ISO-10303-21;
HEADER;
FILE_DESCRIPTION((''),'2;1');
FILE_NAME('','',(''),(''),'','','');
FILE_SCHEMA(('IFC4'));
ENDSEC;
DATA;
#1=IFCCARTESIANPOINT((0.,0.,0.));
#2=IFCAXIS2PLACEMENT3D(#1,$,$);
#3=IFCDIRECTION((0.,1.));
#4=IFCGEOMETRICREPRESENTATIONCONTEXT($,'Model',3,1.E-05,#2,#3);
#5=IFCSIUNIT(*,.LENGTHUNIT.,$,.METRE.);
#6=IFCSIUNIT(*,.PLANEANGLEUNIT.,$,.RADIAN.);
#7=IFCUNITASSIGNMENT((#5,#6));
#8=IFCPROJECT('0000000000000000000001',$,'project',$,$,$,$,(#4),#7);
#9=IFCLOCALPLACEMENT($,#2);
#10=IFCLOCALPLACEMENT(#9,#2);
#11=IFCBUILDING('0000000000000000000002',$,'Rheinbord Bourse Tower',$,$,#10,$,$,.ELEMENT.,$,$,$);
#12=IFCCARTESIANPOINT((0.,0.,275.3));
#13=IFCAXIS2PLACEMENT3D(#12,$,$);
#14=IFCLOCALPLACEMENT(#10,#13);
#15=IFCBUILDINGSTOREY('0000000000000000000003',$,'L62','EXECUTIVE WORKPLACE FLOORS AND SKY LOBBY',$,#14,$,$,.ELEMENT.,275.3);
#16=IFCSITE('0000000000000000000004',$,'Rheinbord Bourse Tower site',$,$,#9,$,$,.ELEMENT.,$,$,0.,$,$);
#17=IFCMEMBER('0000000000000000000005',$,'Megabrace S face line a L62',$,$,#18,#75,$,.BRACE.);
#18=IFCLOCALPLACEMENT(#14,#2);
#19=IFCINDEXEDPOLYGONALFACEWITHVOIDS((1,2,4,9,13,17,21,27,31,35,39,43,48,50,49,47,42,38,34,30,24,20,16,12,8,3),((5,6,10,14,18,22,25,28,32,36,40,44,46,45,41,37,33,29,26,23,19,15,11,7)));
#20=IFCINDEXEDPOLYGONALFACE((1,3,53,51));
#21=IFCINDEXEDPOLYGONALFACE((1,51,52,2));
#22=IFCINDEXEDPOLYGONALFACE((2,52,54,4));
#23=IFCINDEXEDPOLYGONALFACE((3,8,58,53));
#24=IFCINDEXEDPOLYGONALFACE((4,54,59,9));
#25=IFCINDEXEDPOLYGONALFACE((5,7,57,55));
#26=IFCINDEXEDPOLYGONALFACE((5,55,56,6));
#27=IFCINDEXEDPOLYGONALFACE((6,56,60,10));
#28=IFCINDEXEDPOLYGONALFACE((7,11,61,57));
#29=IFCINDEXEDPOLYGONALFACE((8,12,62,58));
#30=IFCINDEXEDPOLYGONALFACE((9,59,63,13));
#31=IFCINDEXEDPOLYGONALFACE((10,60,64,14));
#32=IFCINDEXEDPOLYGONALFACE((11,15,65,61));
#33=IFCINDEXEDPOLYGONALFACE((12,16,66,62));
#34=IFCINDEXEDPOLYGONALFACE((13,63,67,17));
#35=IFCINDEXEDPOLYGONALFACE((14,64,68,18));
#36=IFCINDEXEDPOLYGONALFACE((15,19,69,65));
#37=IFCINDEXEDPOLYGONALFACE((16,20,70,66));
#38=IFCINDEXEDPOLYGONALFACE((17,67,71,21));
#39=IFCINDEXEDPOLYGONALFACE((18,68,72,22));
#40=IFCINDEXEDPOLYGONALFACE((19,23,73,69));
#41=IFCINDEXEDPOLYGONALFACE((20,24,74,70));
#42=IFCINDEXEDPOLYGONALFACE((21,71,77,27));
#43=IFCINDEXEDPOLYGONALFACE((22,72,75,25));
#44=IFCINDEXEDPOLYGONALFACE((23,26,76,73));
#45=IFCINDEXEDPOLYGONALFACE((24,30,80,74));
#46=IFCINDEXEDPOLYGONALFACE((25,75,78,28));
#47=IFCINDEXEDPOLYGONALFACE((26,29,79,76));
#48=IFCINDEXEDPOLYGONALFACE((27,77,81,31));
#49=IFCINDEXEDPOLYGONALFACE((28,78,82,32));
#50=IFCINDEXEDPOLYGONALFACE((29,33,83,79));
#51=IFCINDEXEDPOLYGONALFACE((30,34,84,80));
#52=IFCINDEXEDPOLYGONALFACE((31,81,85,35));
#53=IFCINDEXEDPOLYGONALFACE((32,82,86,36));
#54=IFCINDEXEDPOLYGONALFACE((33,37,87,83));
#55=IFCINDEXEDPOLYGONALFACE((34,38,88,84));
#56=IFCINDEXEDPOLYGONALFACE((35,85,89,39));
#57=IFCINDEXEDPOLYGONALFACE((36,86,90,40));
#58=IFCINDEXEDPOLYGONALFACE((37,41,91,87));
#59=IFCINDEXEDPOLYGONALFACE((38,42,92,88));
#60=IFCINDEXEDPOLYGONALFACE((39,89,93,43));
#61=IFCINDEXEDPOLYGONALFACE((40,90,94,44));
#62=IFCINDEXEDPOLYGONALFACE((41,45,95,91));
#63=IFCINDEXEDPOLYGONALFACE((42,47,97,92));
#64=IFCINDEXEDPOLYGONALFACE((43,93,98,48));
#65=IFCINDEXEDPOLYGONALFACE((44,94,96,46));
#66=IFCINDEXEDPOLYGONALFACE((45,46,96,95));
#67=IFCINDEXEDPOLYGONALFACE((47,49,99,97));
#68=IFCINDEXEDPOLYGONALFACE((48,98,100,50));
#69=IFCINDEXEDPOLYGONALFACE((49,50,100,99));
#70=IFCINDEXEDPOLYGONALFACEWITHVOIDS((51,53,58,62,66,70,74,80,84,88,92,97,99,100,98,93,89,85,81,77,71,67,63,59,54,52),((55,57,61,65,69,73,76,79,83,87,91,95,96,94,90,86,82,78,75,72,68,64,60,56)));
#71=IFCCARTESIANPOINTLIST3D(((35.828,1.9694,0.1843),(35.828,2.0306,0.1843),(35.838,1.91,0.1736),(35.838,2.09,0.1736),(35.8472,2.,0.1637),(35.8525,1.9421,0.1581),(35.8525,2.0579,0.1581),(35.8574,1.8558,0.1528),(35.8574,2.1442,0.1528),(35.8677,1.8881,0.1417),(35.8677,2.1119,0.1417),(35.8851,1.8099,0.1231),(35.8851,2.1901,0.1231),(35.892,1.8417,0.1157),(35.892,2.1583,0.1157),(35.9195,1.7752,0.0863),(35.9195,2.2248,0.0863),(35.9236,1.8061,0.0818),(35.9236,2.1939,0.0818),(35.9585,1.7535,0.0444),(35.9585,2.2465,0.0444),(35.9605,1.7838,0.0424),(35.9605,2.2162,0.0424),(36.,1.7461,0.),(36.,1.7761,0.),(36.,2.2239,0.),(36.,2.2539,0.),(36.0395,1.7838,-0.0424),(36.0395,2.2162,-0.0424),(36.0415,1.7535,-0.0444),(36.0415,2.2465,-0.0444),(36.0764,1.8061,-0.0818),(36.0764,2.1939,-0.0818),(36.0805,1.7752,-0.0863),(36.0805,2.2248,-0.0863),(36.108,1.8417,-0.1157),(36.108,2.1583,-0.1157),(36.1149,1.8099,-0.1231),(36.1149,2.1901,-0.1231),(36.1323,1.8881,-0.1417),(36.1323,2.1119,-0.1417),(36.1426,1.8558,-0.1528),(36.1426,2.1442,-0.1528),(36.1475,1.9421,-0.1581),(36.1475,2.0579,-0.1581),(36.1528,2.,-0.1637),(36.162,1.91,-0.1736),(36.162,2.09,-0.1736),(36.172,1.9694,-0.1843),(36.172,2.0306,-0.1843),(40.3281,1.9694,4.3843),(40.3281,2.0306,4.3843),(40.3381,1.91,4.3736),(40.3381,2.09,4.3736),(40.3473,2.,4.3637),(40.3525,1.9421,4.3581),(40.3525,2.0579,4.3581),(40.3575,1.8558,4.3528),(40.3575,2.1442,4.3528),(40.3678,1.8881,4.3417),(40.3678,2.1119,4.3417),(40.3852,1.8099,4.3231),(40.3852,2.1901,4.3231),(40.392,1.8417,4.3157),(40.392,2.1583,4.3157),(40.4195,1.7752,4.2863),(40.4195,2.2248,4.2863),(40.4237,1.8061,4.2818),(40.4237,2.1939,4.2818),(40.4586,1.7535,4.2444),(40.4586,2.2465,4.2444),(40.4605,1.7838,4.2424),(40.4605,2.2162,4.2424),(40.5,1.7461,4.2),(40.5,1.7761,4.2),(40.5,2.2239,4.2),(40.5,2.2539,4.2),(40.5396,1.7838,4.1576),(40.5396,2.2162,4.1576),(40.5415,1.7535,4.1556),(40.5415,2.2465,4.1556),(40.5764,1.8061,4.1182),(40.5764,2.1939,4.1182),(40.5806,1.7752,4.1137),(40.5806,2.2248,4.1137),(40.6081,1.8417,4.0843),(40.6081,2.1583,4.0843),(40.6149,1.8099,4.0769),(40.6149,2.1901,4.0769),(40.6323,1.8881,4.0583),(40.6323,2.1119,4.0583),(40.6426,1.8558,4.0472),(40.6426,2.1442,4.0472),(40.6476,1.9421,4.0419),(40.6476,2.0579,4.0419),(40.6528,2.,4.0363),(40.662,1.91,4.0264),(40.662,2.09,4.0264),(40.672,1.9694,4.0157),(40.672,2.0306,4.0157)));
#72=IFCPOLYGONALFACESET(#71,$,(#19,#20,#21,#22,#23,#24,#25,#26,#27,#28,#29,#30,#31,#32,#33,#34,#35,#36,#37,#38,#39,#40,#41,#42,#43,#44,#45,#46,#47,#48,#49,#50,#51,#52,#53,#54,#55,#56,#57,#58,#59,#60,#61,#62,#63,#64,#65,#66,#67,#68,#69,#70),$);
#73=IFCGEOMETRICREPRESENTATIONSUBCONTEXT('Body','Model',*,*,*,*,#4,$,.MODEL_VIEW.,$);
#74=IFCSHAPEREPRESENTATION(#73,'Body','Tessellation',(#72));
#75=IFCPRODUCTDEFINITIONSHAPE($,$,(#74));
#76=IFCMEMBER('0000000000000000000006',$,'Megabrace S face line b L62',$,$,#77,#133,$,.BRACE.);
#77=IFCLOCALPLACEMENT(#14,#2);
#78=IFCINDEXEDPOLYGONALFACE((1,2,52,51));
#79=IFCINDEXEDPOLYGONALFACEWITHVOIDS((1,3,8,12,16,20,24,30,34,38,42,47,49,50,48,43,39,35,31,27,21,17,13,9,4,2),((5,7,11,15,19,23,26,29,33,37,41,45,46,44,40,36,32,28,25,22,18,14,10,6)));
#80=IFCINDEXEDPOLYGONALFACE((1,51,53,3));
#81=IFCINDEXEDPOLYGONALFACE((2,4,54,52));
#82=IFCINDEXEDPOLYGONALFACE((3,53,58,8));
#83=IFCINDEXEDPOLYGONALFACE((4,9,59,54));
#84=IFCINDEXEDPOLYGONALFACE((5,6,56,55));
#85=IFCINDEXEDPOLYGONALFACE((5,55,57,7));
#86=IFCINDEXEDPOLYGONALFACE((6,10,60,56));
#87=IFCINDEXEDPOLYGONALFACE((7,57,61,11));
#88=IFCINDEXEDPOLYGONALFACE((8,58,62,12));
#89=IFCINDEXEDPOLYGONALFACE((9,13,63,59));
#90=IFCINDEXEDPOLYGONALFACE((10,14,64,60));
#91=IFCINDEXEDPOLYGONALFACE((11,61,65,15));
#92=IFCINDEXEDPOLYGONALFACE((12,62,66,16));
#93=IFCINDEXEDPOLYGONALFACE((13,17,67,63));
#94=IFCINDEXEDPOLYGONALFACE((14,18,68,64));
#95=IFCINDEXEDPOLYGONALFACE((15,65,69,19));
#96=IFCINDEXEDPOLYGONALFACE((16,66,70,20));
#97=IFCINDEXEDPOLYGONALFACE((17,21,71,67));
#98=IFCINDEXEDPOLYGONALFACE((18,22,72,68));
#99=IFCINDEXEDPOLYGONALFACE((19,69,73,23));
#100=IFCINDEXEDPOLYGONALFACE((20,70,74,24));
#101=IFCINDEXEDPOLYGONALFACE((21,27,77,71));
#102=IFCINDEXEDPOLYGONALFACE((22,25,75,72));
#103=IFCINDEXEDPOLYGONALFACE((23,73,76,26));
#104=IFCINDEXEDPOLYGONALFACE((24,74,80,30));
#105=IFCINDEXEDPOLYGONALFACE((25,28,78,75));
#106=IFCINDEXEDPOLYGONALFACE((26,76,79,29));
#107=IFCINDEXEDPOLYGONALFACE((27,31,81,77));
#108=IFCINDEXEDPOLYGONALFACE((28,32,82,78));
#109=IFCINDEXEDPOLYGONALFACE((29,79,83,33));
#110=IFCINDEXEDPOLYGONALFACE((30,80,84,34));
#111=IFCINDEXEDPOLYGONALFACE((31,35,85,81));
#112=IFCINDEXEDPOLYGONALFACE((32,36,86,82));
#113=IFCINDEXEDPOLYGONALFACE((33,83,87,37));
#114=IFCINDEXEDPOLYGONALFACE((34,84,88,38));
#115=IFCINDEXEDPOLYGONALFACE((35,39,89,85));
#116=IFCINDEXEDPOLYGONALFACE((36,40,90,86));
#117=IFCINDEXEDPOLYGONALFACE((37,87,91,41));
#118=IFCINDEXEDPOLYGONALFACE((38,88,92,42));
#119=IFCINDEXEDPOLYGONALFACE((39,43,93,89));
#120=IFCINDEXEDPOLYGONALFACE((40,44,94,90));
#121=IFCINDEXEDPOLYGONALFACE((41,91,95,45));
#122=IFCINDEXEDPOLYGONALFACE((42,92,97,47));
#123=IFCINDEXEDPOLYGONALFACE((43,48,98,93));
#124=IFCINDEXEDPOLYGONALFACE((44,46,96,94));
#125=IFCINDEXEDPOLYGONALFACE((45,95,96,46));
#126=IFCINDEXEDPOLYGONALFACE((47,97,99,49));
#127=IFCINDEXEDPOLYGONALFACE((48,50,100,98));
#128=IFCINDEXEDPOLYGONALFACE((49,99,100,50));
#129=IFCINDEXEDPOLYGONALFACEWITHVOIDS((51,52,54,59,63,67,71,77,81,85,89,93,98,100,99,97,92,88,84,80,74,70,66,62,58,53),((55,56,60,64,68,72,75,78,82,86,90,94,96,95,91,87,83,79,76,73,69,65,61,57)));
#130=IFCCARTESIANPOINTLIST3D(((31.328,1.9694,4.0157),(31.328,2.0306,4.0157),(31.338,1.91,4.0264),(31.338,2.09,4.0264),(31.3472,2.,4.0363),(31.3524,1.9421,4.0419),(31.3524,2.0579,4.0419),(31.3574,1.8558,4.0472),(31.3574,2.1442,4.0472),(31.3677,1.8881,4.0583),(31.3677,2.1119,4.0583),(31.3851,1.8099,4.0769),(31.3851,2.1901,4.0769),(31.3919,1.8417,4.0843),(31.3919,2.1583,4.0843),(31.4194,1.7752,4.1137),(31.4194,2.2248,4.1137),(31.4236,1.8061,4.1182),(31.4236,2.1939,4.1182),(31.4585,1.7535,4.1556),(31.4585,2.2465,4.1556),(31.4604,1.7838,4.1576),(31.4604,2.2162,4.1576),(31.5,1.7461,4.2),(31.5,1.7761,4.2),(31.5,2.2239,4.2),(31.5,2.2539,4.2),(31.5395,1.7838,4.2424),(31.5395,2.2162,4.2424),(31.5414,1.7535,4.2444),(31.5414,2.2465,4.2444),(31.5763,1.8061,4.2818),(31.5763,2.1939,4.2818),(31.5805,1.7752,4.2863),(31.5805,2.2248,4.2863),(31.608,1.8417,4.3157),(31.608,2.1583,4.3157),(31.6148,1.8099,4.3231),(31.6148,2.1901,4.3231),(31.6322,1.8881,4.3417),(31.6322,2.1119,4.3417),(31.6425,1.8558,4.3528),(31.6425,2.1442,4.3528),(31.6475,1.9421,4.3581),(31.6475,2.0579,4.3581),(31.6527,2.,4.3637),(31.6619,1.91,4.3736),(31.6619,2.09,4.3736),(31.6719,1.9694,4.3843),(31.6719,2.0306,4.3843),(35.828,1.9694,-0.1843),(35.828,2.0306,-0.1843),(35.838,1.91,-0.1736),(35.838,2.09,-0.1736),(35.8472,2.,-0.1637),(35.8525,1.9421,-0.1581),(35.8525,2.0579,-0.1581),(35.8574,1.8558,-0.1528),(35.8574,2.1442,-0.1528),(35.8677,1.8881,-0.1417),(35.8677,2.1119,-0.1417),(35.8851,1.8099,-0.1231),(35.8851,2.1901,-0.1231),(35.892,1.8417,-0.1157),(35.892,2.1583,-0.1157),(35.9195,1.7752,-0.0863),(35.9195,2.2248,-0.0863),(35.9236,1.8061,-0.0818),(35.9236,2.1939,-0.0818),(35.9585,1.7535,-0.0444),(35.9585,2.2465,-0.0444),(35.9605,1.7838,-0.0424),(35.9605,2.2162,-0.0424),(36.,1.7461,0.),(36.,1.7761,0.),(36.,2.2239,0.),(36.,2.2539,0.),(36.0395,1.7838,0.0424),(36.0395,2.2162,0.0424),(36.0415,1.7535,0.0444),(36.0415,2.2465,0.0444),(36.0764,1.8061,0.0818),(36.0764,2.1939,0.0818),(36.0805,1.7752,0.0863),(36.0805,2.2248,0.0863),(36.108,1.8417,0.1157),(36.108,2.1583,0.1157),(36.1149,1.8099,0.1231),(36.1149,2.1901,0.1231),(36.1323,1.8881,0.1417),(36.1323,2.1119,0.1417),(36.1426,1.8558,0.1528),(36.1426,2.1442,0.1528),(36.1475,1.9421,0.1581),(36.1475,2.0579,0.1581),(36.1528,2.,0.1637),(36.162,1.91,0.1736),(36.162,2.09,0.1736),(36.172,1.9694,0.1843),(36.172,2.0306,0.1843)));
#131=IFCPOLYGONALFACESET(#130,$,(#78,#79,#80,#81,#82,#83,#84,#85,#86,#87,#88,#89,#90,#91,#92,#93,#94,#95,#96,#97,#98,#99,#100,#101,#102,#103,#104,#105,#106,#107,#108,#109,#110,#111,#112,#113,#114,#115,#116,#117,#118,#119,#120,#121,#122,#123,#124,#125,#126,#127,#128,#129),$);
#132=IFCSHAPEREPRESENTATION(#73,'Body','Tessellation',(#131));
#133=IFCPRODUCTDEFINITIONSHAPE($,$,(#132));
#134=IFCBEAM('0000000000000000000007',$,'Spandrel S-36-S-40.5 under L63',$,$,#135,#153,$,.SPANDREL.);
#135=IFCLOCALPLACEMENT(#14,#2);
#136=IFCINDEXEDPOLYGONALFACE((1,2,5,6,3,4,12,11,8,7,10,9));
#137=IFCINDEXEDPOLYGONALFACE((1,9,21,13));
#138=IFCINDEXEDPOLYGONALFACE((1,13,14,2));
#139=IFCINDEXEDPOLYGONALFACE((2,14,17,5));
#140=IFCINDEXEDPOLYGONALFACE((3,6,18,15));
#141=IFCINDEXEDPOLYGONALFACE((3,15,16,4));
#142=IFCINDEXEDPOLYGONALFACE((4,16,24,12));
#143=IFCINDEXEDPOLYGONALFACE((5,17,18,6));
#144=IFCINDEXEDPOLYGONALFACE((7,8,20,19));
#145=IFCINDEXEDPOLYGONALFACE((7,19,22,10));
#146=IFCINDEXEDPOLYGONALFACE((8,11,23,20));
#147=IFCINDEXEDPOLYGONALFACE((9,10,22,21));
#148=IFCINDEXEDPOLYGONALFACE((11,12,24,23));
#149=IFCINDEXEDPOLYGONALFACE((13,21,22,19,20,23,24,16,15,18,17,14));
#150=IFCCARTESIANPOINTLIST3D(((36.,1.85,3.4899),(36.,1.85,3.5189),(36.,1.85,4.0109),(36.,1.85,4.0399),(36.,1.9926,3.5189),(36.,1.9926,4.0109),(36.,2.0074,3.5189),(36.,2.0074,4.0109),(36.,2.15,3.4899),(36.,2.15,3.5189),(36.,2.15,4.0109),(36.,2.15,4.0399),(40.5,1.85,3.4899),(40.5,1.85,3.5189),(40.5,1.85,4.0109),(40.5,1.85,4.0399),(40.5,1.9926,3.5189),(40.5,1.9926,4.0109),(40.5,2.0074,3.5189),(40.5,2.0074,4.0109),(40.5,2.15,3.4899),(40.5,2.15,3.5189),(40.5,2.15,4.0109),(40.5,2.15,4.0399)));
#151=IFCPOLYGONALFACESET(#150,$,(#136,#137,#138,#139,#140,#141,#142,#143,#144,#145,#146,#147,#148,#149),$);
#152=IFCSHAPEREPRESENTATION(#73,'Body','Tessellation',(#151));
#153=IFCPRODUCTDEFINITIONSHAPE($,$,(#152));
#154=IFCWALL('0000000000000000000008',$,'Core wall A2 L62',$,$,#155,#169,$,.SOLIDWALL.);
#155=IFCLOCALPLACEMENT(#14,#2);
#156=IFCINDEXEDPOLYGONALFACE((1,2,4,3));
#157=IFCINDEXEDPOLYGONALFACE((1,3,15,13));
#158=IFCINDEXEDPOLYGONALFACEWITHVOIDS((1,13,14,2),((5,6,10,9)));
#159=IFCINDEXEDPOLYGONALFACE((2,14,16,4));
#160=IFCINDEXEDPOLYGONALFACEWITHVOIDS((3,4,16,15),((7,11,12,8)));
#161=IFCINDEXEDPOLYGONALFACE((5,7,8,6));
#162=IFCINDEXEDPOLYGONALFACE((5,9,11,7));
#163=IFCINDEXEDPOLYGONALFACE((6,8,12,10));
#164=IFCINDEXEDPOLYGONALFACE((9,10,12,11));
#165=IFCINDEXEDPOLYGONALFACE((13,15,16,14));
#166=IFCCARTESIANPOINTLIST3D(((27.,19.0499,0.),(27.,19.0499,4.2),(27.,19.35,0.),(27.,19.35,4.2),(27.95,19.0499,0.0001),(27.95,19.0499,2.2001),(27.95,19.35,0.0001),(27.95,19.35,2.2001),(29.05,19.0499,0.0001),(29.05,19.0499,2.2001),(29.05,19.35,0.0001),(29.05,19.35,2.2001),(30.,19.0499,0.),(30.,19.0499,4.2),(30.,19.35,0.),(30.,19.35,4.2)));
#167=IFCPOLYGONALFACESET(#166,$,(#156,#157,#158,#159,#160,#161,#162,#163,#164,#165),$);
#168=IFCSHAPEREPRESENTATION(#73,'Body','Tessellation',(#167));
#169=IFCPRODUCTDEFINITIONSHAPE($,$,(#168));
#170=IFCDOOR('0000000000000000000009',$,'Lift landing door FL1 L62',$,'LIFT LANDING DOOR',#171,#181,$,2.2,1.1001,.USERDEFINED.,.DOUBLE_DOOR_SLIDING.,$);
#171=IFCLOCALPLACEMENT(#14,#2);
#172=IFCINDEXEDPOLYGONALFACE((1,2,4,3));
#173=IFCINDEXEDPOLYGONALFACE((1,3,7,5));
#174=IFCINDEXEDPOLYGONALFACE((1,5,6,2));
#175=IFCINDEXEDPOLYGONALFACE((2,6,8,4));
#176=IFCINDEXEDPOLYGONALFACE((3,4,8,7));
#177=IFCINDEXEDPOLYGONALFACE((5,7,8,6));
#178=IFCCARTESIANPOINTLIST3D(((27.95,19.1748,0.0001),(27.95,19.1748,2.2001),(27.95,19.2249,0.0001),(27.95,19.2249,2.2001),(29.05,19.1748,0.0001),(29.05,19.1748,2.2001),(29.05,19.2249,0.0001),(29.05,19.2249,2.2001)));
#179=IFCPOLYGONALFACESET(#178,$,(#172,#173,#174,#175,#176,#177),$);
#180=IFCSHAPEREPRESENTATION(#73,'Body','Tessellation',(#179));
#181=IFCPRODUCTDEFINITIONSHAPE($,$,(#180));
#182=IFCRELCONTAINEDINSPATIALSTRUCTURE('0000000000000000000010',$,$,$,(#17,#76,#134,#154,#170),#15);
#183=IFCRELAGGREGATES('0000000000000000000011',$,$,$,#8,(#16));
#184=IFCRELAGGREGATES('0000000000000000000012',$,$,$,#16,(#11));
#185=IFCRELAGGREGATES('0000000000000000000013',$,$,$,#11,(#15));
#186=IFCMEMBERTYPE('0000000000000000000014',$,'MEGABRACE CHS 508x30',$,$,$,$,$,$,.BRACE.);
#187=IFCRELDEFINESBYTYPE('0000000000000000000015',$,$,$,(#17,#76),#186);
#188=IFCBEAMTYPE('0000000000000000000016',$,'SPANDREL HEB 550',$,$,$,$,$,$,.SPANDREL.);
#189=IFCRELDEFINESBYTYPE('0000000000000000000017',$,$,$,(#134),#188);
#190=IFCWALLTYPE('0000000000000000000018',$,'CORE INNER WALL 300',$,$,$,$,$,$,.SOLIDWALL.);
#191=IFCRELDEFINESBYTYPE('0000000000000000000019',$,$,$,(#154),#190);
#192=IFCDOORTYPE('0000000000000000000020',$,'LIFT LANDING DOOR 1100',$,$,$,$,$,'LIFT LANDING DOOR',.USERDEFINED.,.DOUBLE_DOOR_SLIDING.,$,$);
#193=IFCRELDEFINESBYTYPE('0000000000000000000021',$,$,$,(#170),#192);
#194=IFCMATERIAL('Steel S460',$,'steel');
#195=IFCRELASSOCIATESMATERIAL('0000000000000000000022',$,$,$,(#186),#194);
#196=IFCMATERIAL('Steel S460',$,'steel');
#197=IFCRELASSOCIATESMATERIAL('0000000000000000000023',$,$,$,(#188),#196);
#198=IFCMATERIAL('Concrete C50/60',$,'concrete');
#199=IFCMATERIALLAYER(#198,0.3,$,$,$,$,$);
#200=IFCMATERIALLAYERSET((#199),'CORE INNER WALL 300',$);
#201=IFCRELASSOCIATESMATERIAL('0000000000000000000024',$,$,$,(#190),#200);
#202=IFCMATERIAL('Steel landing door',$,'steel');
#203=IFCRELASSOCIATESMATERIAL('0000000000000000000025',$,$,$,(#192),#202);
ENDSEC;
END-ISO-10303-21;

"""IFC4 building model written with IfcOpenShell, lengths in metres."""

from ifc_helpers import new_model, si_unit, direction, frame, frame_2d, origin, origin_2d, place, context, subcontext, project, spatial, rectangle, hollow_circle, i_section, extrude, material, layer, layer_set, material_profile, profile_set, type_object, element, fill, save


model = new_model("IFC4")

# Units and contexts
model_context = context("Model", 3, precision=1e-05, world=origin(), true_north=direction((0.0, 1.0)))
body_context = subcontext(model_context, "Body", "Model", "MODEL_VIEW")
ifc_project = project(units=[si_unit("LENGTHUNIT", "METRE"), si_unit("PLANEANGLEUNIT", "RADIAN")], contexts=[model_context])

# Site, building, storey
site_placement = place(None, origin())
site = spatial("IfcSite", under=ifc_project, at=site_placement, Name="Rheinbord Bourse Tower site", CompositionType="ELEMENT", RefElevation=0.0)
building_placement = place(site_placement, origin())
building = spatial("IfcBuilding", under=site, at=building_placement, Name="Rheinbord Bourse Tower", CompositionType="ELEMENT")
storey_placement = place(building_placement, frame((0.0, 0.0, 275.3)))
storey = spatial("IfcBuildingStorey", under=building, at=storey_placement, Name="L62", Description="EXECUTIVE WORKPLACE FLOORS AND SKY LOBBY", CompositionType="ELEMENT", Elevation=275.3)

# Members
ifc_material_1 = material(Name="Steel S460", Category="steel")
ifc_material_profile_1 = material_profile(ifc_material_1, hollow_circle(Radius=0.2539, WallThickness=0.03, at=origin_2d()), Name="CHS 508x30")
ifc_profile_set_1 = profile_set([ifc_material_profile_1], Name="Steel S460")
member_type = type_object("IfcMemberType", Name="MEGABRACE CHS 508x30", PredefinedType="BRACE", material=ifc_profile_set_1)
for number, where, z_axis, x_axis, name in (
    (1, (36.0, 2.0, 0.0), (0.731059, 0.0, 0.682314), (0.0, 1.0, 0.0), "Megabrace S face line a L62"),
    (2, (36.0, 2.0, 0.0), (-0.731059, 0.0, 0.682314), (0.0, -1.0, 0.0), "Megabrace S face line b L62"),
):
    element("IfcMember", number, at=place(storey_placement, frame(where, z_axis=z_axis, x_axis=x_axis)), inside=storey, type_object=member_type, Name=name, PredefinedType="BRACE", context=body_context, shape_type="SweptSolid", body=[
        extrude(hollow_circle(Radius=0.2539, WallThickness=0.03, at=origin_2d()), origin(), (0.0, 0.0, 1.0), 6.1555),
    ])

# Beam
ifc_material_2 = material(Name="Steel S460", Category="steel")
ifc_material_profile_2 = material_profile(ifc_material_2, i_section(OverallWidth=0.3, OverallDepth=0.55, WebThickness=0.0149, FlangeThickness=0.0291, at=origin_2d()), Name="HEB 550")
ifc_profile_set_2 = profile_set([ifc_material_profile_2], Name="Steel S460")
beam_type = type_object("IfcBeamType", Name="SPANDREL HEB 550", PredefinedType="SPANDREL", material=ifc_profile_set_2)
beam_placement = place(storey_placement, frame((36.0, 2.0, 3.7649), z_axis=(1.0, 0.0, 0.0), x_axis=(0.0, 1.0, 0.0)))
element("IfcBeam", 3, at=beam_placement, inside=storey, type_object=beam_type, Name="Spandrel S-36-S-40.5 under L63", PredefinedType="SPANDREL", context=body_context, shape_type="SweptSolid", body=[
    extrude(i_section(OverallWidth=0.3, OverallDepth=0.55, WebThickness=0.0149, FlangeThickness=0.0291, at=origin_2d()), origin(), (0.0, 0.0, 1.0), 4.5),
])

# Wall, opening, door
ifc_material_3 = material(Name="Concrete C50/60", Category="concrete")
ifc_layer_1 = layer(ifc_material_3, 0.3)
ifc_layer_set_1 = layer_set([ifc_layer_1], Name="CORE INNER WALL 300")
wall_type_1 = type_object("IfcWallType", Name="CORE INNER WALL 300", PredefinedType="SOLIDWALL", material=ifc_layer_set_1)
wall_1_placement = place(storey_placement, frame((27.0, 19.2, 0.0), z_axis=(0.0, 0.0, 1.0), x_axis=(1.0, 0.0, 0.0)))
wall_1 = element("IfcWall", 4, at=wall_1_placement, inside=storey, type_object=wall_type_1, Name="Core wall A2 L62", PredefinedType="SOLIDWALL", context=body_context, shape_type="SweptSolid", body=[
    extrude(rectangle(XDim=3.0, YDim=0.3, at=frame_2d((1.5, 0.0))), origin(), (0.0, 0.0, 1.0), 4.2),
])
opening_1_placement = place(wall_1_placement, frame((0.95, 0.0, 0.0)))
opening_1 = element("IfcOpeningElement", 5, at=opening_1_placement, cuts=wall_1, PredefinedType="OPENING", context=body_context, shape_type="SweptSolid", body=[
    extrude(rectangle(XDim=1.1001, YDim=2.2, at=frame_2d((0.55, 1.1001))), frame((0.0, 0.1599, 0.0), z_axis=(0.0, -1.0, 0.0), x_axis=(1.0, 0.0, 0.0)), (0.0, 0.0, 1.0), 0.3201),
])
ifc_material_4 = material(Name="Steel landing door", Category="steel")
door_type_1 = type_object("IfcDoorType", Name="LIFT LANDING DOOR 1100", ElementType="LIFT LANDING DOOR", OperationType="DOUBLE_DOOR_SLIDING", PredefinedType="USERDEFINED", material=ifc_material_4)
door_1_placement = place(opening_1_placement, origin())
door_1 = element("IfcDoor", 6, at=door_1_placement, inside=storey, type_object=door_type_1, Name="Lift landing door FL1 L62", ObjectType="LIFT LANDING DOOR", OperationType="DOUBLE_DOOR_SLIDING", OverallHeight=2.2, OverallWidth=1.1001, PredefinedType="USERDEFINED", context=body_context, shape_type="SweptSolid", body=[
    extrude(rectangle(XDim=1.1001, YDim=2.2, at=frame_2d((0.55, 1.1001))), frame((0.0, 0.0249, 0.0), z_axis=(0.0, -1.0, 0.0), x_axis=(1.0, 0.0, 0.0)), (0.0, 0.0, 1.0), 0.05),
])
fill(opening_1, door_1)

save(model, "model.ifc")
